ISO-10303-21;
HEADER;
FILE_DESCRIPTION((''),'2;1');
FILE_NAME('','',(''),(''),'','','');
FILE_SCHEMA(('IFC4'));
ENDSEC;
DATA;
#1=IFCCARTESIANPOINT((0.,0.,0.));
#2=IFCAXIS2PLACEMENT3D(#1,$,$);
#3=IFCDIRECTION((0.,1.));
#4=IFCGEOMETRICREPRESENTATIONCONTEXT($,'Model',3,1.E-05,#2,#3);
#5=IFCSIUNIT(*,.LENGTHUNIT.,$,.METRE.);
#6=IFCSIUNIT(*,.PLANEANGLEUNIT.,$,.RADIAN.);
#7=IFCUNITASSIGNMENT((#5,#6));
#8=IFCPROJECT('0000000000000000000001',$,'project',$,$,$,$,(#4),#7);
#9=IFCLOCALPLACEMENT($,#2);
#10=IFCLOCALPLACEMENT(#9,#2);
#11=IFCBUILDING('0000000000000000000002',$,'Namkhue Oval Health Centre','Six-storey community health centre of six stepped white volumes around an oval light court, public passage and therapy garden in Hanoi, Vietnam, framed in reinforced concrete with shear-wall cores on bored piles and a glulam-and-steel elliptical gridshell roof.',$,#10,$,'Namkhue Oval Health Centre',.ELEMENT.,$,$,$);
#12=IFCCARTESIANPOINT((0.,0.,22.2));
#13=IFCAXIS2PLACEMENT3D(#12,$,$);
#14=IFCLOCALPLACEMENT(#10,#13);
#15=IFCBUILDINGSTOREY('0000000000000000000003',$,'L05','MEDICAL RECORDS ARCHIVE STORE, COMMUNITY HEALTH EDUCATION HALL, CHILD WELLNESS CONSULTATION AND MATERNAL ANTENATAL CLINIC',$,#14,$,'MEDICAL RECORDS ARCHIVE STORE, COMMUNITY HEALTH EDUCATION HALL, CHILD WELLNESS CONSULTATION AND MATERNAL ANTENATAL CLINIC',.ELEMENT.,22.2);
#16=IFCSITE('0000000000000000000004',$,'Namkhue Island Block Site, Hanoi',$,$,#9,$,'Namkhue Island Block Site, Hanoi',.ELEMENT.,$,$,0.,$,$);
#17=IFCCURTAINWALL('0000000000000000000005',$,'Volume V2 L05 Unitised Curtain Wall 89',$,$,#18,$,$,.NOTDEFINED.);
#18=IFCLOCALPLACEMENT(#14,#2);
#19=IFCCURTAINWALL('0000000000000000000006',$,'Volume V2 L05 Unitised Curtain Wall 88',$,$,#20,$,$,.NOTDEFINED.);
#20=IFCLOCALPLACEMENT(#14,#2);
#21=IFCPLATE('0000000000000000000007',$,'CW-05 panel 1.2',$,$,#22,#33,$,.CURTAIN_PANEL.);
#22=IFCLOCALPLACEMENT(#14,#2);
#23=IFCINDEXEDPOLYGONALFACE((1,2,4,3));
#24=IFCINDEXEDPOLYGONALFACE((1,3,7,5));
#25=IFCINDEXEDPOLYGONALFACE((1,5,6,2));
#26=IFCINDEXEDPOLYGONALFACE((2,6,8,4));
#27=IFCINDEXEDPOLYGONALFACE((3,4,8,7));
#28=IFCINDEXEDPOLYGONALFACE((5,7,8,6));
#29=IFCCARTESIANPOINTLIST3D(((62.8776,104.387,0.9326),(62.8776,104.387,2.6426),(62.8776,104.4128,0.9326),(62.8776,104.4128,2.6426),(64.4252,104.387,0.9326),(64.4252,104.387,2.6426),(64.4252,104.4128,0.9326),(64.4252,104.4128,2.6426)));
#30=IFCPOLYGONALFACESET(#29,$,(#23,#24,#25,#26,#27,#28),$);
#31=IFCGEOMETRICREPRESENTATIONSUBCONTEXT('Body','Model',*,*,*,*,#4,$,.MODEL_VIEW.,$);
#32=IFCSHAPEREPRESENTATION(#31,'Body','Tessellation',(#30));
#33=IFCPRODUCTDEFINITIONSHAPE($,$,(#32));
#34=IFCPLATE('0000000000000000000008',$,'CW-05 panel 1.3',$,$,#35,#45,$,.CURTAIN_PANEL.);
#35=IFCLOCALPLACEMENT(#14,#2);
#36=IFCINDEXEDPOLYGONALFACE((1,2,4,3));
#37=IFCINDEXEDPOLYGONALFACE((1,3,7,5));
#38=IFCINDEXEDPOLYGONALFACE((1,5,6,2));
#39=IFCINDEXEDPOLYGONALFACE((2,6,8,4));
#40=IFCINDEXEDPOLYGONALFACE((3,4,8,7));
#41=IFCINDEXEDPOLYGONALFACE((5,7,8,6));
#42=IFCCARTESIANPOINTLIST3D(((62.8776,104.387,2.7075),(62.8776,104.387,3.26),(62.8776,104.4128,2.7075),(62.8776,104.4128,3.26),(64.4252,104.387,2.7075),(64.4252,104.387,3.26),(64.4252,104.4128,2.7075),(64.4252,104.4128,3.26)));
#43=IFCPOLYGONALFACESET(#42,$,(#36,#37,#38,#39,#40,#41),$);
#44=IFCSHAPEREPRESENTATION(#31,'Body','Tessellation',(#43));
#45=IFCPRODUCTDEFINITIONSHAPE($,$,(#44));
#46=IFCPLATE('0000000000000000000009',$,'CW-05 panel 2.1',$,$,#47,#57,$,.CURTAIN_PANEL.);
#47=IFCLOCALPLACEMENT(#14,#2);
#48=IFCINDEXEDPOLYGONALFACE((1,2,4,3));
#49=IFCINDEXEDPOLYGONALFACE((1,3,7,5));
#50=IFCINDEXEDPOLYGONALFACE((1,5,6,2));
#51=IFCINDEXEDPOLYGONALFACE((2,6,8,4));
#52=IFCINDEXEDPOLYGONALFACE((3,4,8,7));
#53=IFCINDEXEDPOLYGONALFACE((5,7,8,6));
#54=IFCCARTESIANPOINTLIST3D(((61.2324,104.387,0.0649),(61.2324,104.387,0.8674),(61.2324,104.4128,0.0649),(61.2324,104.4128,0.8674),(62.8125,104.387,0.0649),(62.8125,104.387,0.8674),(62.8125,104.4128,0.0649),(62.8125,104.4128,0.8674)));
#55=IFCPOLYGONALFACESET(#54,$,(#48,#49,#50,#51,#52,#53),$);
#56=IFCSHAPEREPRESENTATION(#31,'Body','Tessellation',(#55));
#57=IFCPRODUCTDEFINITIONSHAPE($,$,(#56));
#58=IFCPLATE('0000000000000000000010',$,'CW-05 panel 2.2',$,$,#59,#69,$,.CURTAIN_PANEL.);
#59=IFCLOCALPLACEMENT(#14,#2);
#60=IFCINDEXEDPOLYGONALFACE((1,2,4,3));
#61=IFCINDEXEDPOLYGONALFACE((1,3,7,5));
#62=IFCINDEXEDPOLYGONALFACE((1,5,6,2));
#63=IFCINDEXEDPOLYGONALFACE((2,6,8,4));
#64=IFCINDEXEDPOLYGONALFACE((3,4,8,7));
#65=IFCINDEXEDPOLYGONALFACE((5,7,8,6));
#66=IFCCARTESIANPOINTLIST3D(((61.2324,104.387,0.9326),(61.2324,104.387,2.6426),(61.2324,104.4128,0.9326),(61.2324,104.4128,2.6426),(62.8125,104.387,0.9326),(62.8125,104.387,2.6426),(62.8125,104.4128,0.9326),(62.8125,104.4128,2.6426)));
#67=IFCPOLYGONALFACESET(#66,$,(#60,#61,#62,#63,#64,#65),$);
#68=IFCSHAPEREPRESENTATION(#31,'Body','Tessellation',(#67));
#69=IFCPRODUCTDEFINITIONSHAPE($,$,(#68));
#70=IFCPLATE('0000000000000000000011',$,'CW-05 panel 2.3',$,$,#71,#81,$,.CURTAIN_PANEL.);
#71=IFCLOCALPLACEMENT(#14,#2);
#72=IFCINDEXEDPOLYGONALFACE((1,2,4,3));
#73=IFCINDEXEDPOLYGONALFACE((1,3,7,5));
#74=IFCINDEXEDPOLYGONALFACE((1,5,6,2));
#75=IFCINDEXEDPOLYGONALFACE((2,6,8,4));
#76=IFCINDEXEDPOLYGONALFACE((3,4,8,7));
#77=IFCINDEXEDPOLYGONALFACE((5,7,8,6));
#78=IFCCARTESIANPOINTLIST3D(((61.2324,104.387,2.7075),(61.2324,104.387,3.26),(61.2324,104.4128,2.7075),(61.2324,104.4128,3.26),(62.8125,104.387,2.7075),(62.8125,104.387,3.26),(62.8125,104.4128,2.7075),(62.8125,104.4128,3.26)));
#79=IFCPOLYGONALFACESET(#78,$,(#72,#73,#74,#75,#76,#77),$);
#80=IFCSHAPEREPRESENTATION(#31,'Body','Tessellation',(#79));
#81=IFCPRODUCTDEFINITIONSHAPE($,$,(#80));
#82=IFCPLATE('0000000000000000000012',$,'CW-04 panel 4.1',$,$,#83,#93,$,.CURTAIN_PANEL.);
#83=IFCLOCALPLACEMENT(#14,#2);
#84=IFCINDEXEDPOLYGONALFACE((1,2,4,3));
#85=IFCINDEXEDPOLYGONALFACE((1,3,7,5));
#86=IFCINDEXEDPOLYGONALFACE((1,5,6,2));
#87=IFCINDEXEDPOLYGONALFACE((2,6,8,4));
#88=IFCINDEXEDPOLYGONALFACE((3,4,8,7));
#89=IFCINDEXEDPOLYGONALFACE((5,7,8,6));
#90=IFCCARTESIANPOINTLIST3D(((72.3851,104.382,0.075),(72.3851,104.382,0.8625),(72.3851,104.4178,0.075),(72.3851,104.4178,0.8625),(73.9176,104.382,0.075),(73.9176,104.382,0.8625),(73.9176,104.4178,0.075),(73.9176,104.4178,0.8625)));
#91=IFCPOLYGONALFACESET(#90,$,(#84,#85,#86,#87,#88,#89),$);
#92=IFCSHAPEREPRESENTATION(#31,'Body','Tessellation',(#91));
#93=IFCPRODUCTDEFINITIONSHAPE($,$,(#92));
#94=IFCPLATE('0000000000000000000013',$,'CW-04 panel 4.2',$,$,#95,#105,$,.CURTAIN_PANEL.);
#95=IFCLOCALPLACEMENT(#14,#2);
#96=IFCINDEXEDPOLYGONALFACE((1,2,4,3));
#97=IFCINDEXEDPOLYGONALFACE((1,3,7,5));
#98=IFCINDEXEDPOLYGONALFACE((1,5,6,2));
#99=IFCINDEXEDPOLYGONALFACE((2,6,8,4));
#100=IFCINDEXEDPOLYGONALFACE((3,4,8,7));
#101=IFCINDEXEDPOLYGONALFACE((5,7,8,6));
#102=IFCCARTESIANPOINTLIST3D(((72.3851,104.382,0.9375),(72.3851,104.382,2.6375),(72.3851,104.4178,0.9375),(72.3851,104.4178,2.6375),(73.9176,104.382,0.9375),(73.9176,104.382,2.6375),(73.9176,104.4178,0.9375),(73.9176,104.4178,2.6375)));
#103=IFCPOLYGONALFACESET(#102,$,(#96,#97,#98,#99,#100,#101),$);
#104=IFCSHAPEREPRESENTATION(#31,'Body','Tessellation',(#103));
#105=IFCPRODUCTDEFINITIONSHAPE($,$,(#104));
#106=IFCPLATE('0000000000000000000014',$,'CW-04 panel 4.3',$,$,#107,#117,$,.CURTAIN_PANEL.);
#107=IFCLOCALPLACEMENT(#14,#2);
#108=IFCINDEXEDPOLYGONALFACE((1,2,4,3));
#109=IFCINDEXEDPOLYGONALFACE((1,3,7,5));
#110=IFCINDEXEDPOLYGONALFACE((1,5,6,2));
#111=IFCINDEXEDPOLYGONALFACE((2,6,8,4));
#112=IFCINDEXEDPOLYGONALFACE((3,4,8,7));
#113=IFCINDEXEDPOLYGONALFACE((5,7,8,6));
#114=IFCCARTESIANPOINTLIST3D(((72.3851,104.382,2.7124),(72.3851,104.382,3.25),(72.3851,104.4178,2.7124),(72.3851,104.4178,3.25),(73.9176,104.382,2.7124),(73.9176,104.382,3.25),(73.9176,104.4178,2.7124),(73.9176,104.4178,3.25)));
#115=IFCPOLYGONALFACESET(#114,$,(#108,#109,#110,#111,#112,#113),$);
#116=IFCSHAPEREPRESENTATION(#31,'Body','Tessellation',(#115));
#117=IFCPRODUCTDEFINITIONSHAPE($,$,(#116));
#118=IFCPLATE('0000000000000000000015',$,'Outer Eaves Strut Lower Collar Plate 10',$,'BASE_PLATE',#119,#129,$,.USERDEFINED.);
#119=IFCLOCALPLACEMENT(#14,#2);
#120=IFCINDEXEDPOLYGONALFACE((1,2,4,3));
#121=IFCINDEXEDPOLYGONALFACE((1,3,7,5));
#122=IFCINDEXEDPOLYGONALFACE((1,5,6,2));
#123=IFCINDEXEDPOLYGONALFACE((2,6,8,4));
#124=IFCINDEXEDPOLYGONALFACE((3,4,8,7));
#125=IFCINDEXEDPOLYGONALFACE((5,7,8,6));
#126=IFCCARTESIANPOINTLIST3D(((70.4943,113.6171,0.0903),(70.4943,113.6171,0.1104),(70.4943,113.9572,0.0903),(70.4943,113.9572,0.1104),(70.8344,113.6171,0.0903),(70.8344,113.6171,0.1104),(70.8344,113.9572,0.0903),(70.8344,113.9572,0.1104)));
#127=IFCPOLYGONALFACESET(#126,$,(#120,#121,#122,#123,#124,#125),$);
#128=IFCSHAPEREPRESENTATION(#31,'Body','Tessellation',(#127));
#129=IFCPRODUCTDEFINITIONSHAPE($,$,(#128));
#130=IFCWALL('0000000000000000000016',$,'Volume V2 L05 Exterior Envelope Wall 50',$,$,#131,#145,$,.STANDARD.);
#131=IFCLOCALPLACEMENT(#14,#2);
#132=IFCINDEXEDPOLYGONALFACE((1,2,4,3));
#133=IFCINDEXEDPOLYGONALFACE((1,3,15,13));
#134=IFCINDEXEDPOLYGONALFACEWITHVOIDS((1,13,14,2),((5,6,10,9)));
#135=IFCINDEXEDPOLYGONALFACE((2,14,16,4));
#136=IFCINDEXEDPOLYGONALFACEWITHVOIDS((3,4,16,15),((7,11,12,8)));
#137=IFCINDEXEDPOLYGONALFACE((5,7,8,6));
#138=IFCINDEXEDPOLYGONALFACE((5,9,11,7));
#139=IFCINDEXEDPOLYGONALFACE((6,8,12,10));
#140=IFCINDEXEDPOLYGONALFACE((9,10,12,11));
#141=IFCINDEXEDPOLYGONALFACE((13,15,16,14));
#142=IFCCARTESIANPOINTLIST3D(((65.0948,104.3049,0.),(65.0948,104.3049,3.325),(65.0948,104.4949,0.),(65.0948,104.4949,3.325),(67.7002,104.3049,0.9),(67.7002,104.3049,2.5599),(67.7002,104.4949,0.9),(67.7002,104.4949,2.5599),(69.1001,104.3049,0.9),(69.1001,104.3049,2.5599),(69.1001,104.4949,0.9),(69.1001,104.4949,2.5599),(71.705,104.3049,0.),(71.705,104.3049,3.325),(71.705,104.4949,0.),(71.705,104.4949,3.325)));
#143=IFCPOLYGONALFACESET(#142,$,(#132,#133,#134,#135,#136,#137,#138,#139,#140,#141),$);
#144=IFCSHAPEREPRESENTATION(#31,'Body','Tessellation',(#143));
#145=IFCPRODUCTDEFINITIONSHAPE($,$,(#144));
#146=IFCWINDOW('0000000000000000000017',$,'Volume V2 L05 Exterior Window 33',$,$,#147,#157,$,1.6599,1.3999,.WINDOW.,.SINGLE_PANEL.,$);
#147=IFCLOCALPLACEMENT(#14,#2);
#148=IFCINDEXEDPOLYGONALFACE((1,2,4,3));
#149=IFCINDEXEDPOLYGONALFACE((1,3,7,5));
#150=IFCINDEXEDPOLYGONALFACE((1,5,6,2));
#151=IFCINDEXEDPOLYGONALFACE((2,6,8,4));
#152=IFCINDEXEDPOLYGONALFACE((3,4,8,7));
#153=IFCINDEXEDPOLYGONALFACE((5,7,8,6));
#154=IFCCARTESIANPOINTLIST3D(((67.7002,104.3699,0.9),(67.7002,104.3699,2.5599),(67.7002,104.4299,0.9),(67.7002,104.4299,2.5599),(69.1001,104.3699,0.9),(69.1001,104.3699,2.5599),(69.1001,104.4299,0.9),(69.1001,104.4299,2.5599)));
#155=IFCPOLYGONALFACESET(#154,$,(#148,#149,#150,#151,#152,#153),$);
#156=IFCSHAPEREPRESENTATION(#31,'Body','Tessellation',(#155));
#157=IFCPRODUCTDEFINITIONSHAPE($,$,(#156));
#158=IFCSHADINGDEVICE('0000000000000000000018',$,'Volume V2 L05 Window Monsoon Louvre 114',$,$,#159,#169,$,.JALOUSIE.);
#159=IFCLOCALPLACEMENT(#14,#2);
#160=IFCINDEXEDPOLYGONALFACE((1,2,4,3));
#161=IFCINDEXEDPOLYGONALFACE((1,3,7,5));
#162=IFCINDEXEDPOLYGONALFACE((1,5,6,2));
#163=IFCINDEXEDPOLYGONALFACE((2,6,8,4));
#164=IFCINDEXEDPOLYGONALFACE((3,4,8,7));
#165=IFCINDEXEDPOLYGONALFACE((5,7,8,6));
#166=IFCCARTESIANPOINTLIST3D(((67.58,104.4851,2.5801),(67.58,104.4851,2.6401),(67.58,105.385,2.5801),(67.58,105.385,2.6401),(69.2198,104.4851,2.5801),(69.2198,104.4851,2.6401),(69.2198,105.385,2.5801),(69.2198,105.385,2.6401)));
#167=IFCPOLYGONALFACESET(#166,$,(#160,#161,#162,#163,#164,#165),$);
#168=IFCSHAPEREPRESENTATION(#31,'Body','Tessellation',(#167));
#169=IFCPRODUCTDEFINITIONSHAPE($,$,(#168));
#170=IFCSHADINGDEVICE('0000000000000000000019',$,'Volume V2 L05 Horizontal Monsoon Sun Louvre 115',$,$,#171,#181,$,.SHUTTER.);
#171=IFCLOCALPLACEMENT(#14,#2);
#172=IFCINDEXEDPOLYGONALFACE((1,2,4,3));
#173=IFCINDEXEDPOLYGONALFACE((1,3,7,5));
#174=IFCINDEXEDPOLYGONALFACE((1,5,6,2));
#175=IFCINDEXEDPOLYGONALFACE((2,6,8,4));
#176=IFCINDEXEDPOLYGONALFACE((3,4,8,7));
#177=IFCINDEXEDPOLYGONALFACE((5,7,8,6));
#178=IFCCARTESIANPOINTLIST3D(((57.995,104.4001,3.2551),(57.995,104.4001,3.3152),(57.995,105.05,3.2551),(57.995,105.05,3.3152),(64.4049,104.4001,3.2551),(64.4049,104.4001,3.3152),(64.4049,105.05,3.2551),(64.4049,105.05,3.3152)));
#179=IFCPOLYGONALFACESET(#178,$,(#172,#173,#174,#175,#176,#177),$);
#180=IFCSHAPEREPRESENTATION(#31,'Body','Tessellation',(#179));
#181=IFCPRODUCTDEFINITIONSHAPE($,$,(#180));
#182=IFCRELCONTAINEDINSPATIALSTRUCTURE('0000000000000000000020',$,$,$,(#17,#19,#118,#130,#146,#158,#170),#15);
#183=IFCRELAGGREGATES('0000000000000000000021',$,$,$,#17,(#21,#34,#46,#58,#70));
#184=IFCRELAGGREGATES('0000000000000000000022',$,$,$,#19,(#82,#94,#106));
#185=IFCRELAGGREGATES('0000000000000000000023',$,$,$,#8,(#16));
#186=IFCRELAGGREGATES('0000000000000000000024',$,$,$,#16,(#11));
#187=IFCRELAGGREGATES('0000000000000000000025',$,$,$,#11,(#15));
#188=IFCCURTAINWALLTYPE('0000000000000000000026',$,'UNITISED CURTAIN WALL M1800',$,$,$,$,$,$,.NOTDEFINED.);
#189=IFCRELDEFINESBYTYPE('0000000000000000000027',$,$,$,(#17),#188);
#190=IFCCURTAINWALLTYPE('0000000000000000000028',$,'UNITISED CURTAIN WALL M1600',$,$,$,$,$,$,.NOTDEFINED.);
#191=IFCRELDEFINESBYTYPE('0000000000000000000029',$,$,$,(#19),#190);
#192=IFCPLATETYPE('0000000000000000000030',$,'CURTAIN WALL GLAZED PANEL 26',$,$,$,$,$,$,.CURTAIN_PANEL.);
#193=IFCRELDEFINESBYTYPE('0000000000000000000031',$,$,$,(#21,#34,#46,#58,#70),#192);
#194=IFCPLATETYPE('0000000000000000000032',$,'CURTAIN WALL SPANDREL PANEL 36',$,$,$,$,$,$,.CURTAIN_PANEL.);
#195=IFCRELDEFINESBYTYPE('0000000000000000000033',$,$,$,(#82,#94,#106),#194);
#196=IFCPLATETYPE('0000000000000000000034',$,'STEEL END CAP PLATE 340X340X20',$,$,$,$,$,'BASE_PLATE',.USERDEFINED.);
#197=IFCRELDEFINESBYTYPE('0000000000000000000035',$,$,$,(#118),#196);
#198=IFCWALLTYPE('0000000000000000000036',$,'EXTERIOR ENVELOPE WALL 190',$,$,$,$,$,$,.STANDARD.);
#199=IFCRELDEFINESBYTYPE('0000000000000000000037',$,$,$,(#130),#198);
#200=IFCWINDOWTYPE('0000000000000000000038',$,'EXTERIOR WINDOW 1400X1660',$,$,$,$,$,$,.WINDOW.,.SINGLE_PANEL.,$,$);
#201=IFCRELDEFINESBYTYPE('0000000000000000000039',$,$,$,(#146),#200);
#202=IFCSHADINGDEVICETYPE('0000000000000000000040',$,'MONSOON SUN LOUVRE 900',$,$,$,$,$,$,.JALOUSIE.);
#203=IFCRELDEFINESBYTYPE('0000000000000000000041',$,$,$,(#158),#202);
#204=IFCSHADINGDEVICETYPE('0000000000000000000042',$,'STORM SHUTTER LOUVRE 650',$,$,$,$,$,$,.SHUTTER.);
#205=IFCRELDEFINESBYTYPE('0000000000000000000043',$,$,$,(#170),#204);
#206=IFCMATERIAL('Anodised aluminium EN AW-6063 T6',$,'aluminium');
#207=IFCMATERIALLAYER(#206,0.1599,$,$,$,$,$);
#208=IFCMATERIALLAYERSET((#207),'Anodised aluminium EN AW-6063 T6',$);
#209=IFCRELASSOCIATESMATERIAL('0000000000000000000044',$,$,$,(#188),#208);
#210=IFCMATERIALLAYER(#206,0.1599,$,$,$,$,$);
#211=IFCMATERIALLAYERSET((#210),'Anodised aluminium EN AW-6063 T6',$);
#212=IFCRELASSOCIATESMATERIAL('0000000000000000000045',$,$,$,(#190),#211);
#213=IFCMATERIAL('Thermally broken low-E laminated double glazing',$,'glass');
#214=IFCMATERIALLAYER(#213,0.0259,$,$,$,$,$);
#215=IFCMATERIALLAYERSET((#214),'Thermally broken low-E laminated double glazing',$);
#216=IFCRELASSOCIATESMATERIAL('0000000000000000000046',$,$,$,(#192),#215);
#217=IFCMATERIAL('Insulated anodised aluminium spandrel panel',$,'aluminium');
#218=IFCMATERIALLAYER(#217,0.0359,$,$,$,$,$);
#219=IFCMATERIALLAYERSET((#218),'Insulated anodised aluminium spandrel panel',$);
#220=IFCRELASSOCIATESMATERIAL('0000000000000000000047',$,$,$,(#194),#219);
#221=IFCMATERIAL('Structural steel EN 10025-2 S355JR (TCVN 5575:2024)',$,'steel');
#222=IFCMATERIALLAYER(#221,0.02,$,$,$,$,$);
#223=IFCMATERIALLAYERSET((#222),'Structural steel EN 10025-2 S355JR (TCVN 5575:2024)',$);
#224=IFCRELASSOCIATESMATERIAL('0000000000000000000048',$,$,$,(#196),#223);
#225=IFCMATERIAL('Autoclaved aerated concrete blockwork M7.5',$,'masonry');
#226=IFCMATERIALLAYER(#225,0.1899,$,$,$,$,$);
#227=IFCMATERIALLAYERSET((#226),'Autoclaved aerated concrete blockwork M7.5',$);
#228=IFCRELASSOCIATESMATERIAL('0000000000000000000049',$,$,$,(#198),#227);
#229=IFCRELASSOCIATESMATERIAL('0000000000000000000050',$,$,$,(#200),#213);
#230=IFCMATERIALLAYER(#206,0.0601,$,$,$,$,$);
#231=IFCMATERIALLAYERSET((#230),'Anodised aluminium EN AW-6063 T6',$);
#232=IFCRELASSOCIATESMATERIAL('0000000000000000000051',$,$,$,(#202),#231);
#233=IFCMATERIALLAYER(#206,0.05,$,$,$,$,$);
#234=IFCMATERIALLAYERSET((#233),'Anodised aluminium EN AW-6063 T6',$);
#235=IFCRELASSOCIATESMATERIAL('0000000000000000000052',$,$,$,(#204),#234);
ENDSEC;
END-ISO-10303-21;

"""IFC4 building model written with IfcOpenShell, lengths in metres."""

from ifc_helpers import new_model, si_unit, direction, frame, frame_2d, origin, origin_2d, place, context, subcontext, project, spatial, rectangle, extrude, material, layer, layer_set, type_object, element, fill, aggregate, save


model = new_model("IFC4")

# Units and contexts
model_context = context("Model", 3, precision=1e-05, world=origin(), true_north=direction((0.0, 1.0)))
body_context = subcontext(model_context, "Body", "Model", "MODEL_VIEW")
ifc_project = project(units=[si_unit("LENGTHUNIT", "METRE"), si_unit("PLANEANGLEUNIT", "RADIAN")], contexts=[model_context])

# Site, building, storey
site_placement = place(None, origin())
site = spatial("IfcSite", under=ifc_project, at=site_placement, Name="Namkhue Island Block Site, Hanoi", LongName="Namkhue Island Block Site, Hanoi", CompositionType="ELEMENT", RefElevation=0.0)
building_placement = place(site_placement, origin())
building = spatial("IfcBuilding", under=site, at=building_placement, Name="Namkhue Oval Health Centre", Description="Six-storey community health centre of six stepped white volumes around an oval light court, public passage and therapy garden in Hanoi, Vietnam, framed in reinforced concrete with shear-wall cores on bored piles and a glulam-and-steel elliptical gridshell roof.", LongName="Namkhue Oval Health Centre", CompositionType="ELEMENT")
storey_placement = place(building_placement, frame((0.0, 0.0, 22.2)))
storey = spatial("IfcBuildingStorey", under=building, at=storey_placement, Name="L05", Description="MEDICAL RECORDS ARCHIVE STORE, COMMUNITY HEALTH EDUCATION HALL, CHILD WELLNESS CONSULTATION AND MATERNAL ANTENATAL CLINIC", LongName="MEDICAL RECORDS ARCHIVE STORE, COMMUNITY HEALTH EDUCATION HALL, CHILD WELLNESS CONSULTATION AND MATERNAL ANTENATAL CLINIC", CompositionType="ELEMENT", Elevation=22.2)

# Shared definitions
ifc_material_1 = material(Name="Structural steel EN 10025-2 S355JR (TCVN 5575:2024)", Category="steel")

# Curtain wall
ifc_material_2 = material(Name="Anodised aluminium EN AW-6063 T6", Category="aluminium")
ifc_layer_1 = layer(ifc_material_2, 0.1599)
ifc_layer_set_1 = layer_set([ifc_layer_1], Name="Anodised aluminium EN AW-6063 T6")
curtain_wall_type_1 = type_object("IfcCurtainWallType", Name="UNITISED CURTAIN WALL M1800", PredefinedType="NOTDEFINED", material=ifc_layer_set_1)
curtain_wall_1_placement = place(storey_placement, origin())
curtain_wall_1 = element("IfcCurtainWall", 1, at=curtain_wall_1_placement, inside=storey, type_object=curtain_wall_type_1, Name="Volume V2 L05 Unitised Curtain Wall 89", PredefinedType="NOTDEFINED")

# Curtain wall
ifc_layer_2 = layer(ifc_material_2, 0.1599)
ifc_layer_set_2 = layer_set([ifc_layer_2], Name="Anodised aluminium EN AW-6063 T6")
curtain_wall_type_2 = type_object("IfcCurtainWallType", Name="UNITISED CURTAIN WALL M1600", PredefinedType="NOTDEFINED", material=ifc_layer_set_2)
curtain_wall_2_placement = place(storey_placement, origin())
curtain_wall_2 = element("IfcCurtainWall", 2, at=curtain_wall_2_placement, inside=storey, type_object=curtain_wall_type_2, Name="Volume V2 L05 Unitised Curtain Wall 88", PredefinedType="NOTDEFINED")

# Plates
ifc_material_3 = material(Name="Thermally broken low-E laminated double glazing", Category="glass")
ifc_layer_3 = layer(ifc_material_3, 0.0259)
ifc_layer_set_3 = layer_set([ifc_layer_3], Name="Thermally broken low-E laminated double glazing")
plate_type_1 = type_object("IfcPlateType", Name="CURTAIN WALL GLAZED PANEL 26", PredefinedType="CURTAIN_PANEL", material=ifc_layer_set_3)
plate_1_placement = place(storey_placement, frame((63.6514, 104.3999, 0.9326), z_axis=(0.0, 0.0, 1.0), x_axis=(-1.0, 0.0, 0.0)))
plate_1 = element("IfcPlate", 3, at=plate_1_placement, type_object=plate_type_1, Name="CW-05 panel 1.2", PredefinedType="CURTAIN_PANEL", context=body_context, shape_type="SweptSolid", body=[
    extrude(rectangle(XDim=1.5476, YDim=0.0259, at=origin_2d()), origin(), (0.0, 0.0, 1.0), 1.71),
])
plate_2_placement = place(storey_placement, frame((63.6514, 104.3999, 2.7075), z_axis=(0.0, 0.0, 1.0), x_axis=(-1.0, 0.0, 0.0)))
plate_2 = element("IfcPlate", 4, at=plate_2_placement, type_object=plate_type_1, Name="CW-05 panel 1.3", PredefinedType="CURTAIN_PANEL", context=body_context, shape_type="SweptSolid", body=[
    extrude(rectangle(XDim=1.5476, YDim=0.0259, at=origin_2d()), origin(), (0.0, 0.0, 1.0), 0.5525),
])
plate_3_placement = place(storey_placement, frame((62.0225, 104.3999, 0.0649), z_axis=(0.0, 0.0, 1.0), x_axis=(-1.0, 0.0, 0.0)))
plate_3 = element("IfcPlate", 5, at=plate_3_placement, type_object=plate_type_1, Name="CW-05 panel 2.1", PredefinedType="CURTAIN_PANEL", context=body_context, shape_type="SweptSolid", body=[
    extrude(rectangle(XDim=1.5801, YDim=0.0259, at=origin_2d()), origin(), (0.0, 0.0, 1.0), 0.8025),
])
plate_4_placement = place(storey_placement, frame((62.0225, 104.3999, 0.9326), z_axis=(0.0, 0.0, 1.0), x_axis=(-1.0, 0.0, 0.0)))
plate_4 = element("IfcPlate", 6, at=plate_4_placement, type_object=plate_type_1, Name="CW-05 panel 2.2", PredefinedType="CURTAIN_PANEL", context=body_context, shape_type="SweptSolid", body=[
    extrude(rectangle(XDim=1.5801, YDim=0.0259, at=origin_2d()), origin(), (0.0, 0.0, 1.0), 1.71),
])
plate_5_placement = place(storey_placement, frame((62.0225, 104.3999, 2.7075), z_axis=(0.0, 0.0, 1.0), x_axis=(-1.0, 0.0, 0.0)))
plate_5 = element("IfcPlate", 7, at=plate_5_placement, type_object=plate_type_1, Name="CW-05 panel 2.3", PredefinedType="CURTAIN_PANEL", context=body_context, shape_type="SweptSolid", body=[
    extrude(rectangle(XDim=1.5801, YDim=0.0259, at=origin_2d()), origin(), (0.0, 0.0, 1.0), 0.5525),
])
aggregate(curtain_wall_1, [plate_1, plate_2, plate_3, plate_4, plate_5])
ifc_material_4 = material(Name="Insulated anodised aluminium spandrel panel", Category="aluminium")
ifc_layer_4 = layer(ifc_material_4, 0.0359)
ifc_layer_set_4 = layer_set([ifc_layer_4], Name="Insulated anodised aluminium spandrel panel")
plate_type_2 = type_object("IfcPlateType", Name="CURTAIN WALL SPANDREL PANEL 36", PredefinedType="CURTAIN_PANEL", material=ifc_layer_set_4)
plate_6_placement = place(storey_placement, frame((73.1514, 104.3999, 0.075), z_axis=(0.0, 0.0, 1.0), x_axis=(-1.0, 0.0, 0.0)))
plate_6 = element("IfcPlate", 8, at=plate_6_placement, type_object=plate_type_2, Name="CW-04 panel 4.1", PredefinedType="CURTAIN_PANEL", context=body_context, shape_type="SweptSolid", body=[
    extrude(rectangle(XDim=1.5325, YDim=0.0359, at=origin_2d()), origin(), (0.0, 0.0, 1.0), 0.7876),
])
plate_7_placement = place(storey_placement, frame((73.1514, 104.3999, 0.9375), z_axis=(0.0, 0.0, 1.0), x_axis=(-1.0, 0.0, 0.0)))
plate_7 = element("IfcPlate", 9, at=plate_7_placement, type_object=plate_type_2, Name="CW-04 panel 4.2", PredefinedType="CURTAIN_PANEL", context=body_context, shape_type="SweptSolid", body=[
    extrude(rectangle(XDim=1.5325, YDim=0.0359, at=origin_2d()), origin(), (0.0, 0.0, 1.0), 1.7),
])
plate_8_placement = place(storey_placement, frame((73.1514, 104.3999, 2.7124), z_axis=(0.0, 0.0, 1.0), x_axis=(-1.0, 0.0, 0.0)))
plate_8 = element("IfcPlate", 10, at=plate_8_placement, type_object=plate_type_2, Name="CW-04 panel 4.3", PredefinedType="CURTAIN_PANEL", context=body_context, shape_type="SweptSolid", body=[
    extrude(rectangle(XDim=1.5325, YDim=0.0359, at=origin_2d()), origin(), (0.0, 0.0, 1.0), 0.5376),
])
aggregate(curtain_wall_2, [plate_6, plate_7, plate_8])
ifc_layer_5 = layer(ifc_material_1, 0.02)
ifc_layer_set_5 = layer_set([ifc_layer_5], Name="Structural steel EN 10025-2 S355JR (TCVN 5575:2024)")
plate_type_3 = type_object("IfcPlateType", Name="STEEL END CAP PLATE 340X340X20", ElementType="BASE_PLATE", PredefinedType="USERDEFINED", material=ifc_layer_set_5)
plate_9_placement = place(storey_placement, frame((70.6643, 113.7871, 0.0903), z_axis=(0.0, 0.0, 1.0), x_axis=(1.0, 0.0, 0.0)))
element("IfcPlate", 11, at=plate_9_placement, inside=storey, type_object=plate_type_3, Name="Outer Eaves Strut Lower Collar Plate 10", ObjectType="BASE_PLATE", PredefinedType="USERDEFINED", context=body_context, shape_type="SweptSolid", body=[
    extrude(rectangle(XDim=0.3401, YDim=0.3401, at=origin_2d()), origin(), (0.0, 0.0, 1.0), 0.02),
])

# Wall, opening, window
ifc_material_5 = material(Name="Autoclaved aerated concrete blockwork M7.5", Category="masonry")
ifc_layer_6 = layer(ifc_material_5, 0.1899)
ifc_layer_set_6 = layer_set([ifc_layer_6], Name="Autoclaved aerated concrete blockwork M7.5")
wall_type = type_object("IfcWallType", Name="EXTERIOR ENVELOPE WALL 190", PredefinedType="STANDARD", material=ifc_layer_set_6)
wall_placement = place(storey_placement, frame((71.7051, 104.3999, 0.0), z_axis=(0.0, 0.0, 1.0), x_axis=(-1.0, 0.0, 0.0)))
wall = element("IfcWall", 12, at=wall_placement, inside=storey, type_object=wall_type, Name="Volume V2 L05 Exterior Envelope Wall 50", PredefinedType="STANDARD", context=body_context, shape_type="SweptSolid", body=[
    extrude(rectangle(XDim=6.6101, YDim=0.1899, at=frame_2d((3.3052, 0.0))), origin(), (0.0, 0.0, 1.0), 3.325),
])
opening_placement = place(wall_placement, frame((2.605, 0.0, 0.8999)))
opening = element("IfcOpeningElement", 13, at=opening_placement, cuts=wall, PredefinedType="OPENING", context=body_context, shape_type="SweptSolid", body=[
    extrude(rectangle(XDim=1.3999, YDim=1.6599, at=frame_2d((0.7, 0.8301))), frame((0.0, 0.105, 0.0), z_axis=(0.0, -1.0, 0.0), x_axis=(1.0, 0.0, 0.0)), (0.0, 0.0, 1.0), 0.21),
])
window_type = type_object("IfcWindowType", Name="EXTERIOR WINDOW 1400X1660", PartitioningType="SINGLE_PANEL", PredefinedType="WINDOW", material=ifc_material_3)
window_placement = place(opening_placement, origin())
window = element("IfcWindow", 14, at=window_placement, inside=storey, type_object=window_type, Name="Volume V2 L05 Exterior Window 33", OverallHeight=1.6599, OverallWidth=1.3999, PartitioningType="SINGLE_PANEL", PredefinedType="WINDOW", context=body_context, shape_type="SweptSolid", body=[
    extrude(rectangle(XDim=1.3999, YDim=1.6599, at=frame_2d((0.7, 0.8301))), frame((0.0, 0.03, 0.0), z_axis=(0.0, -1.0, 0.0), x_axis=(1.0, 0.0, 0.0)), (0.0, 0.0, 1.0), 0.0601),
])
fill(opening, window)

# Shading devices
ifc_layer_7 = layer(ifc_material_2, 0.0601)
ifc_layer_set_7 = layer_set([ifc_layer_7], Name="Anodised aluminium EN AW-6063 T6")
shading_device_type_1 = type_object("IfcShadingDeviceType", Name="MONSOON SUN LOUVRE 900", PredefinedType="JALOUSIE", material=ifc_layer_set_7)
shading_device_1_placement = place(storey_placement, frame((68.3999, 104.9351, 2.5801), z_axis=(0.0, 0.0, 1.0), x_axis=(-1.0, 0.0, 0.0)))
element("IfcShadingDevice", 15, at=shading_device_1_placement, inside=storey, type_object=shading_device_type_1, Name="Volume V2 L05 Window Monsoon Louvre 114", PredefinedType="JALOUSIE", context=body_context, shape_type="SweptSolid", body=[
    extrude(rectangle(XDim=1.6399, YDim=0.8999, at=origin_2d()), origin(), (0.0, 0.0, 1.0), 0.0601),
])
ifc_layer_8 = layer(ifc_material_2, 0.05)
ifc_layer_set_8 = layer_set([ifc_layer_8], Name="Anodised aluminium EN AW-6063 T6")
shading_device_type_2 = type_object("IfcShadingDeviceType", Name="STORM SHUTTER LOUVRE 650", PredefinedType="SHUTTER", material=ifc_layer_set_8)
shading_device_2_placement = place(storey_placement, frame((61.2, 104.7251, 3.2551), z_axis=(0.0, 0.0, 1.0), x_axis=(-1.0, 0.0, 0.0)))
element("IfcShadingDevice", 16, at=shading_device_2_placement, inside=storey, type_object=shading_device_type_2, Name="Volume V2 L05 Horizontal Monsoon Sun Louvre 115", PredefinedType="SHUTTER", context=body_context, shape_type="SweptSolid", body=[
    extrude(rectangle(XDim=6.4099, YDim=0.6499, at=origin_2d()), origin(), (0.0, 0.0, 1.0), 0.0601),
])

save(model, "model.ifc")
